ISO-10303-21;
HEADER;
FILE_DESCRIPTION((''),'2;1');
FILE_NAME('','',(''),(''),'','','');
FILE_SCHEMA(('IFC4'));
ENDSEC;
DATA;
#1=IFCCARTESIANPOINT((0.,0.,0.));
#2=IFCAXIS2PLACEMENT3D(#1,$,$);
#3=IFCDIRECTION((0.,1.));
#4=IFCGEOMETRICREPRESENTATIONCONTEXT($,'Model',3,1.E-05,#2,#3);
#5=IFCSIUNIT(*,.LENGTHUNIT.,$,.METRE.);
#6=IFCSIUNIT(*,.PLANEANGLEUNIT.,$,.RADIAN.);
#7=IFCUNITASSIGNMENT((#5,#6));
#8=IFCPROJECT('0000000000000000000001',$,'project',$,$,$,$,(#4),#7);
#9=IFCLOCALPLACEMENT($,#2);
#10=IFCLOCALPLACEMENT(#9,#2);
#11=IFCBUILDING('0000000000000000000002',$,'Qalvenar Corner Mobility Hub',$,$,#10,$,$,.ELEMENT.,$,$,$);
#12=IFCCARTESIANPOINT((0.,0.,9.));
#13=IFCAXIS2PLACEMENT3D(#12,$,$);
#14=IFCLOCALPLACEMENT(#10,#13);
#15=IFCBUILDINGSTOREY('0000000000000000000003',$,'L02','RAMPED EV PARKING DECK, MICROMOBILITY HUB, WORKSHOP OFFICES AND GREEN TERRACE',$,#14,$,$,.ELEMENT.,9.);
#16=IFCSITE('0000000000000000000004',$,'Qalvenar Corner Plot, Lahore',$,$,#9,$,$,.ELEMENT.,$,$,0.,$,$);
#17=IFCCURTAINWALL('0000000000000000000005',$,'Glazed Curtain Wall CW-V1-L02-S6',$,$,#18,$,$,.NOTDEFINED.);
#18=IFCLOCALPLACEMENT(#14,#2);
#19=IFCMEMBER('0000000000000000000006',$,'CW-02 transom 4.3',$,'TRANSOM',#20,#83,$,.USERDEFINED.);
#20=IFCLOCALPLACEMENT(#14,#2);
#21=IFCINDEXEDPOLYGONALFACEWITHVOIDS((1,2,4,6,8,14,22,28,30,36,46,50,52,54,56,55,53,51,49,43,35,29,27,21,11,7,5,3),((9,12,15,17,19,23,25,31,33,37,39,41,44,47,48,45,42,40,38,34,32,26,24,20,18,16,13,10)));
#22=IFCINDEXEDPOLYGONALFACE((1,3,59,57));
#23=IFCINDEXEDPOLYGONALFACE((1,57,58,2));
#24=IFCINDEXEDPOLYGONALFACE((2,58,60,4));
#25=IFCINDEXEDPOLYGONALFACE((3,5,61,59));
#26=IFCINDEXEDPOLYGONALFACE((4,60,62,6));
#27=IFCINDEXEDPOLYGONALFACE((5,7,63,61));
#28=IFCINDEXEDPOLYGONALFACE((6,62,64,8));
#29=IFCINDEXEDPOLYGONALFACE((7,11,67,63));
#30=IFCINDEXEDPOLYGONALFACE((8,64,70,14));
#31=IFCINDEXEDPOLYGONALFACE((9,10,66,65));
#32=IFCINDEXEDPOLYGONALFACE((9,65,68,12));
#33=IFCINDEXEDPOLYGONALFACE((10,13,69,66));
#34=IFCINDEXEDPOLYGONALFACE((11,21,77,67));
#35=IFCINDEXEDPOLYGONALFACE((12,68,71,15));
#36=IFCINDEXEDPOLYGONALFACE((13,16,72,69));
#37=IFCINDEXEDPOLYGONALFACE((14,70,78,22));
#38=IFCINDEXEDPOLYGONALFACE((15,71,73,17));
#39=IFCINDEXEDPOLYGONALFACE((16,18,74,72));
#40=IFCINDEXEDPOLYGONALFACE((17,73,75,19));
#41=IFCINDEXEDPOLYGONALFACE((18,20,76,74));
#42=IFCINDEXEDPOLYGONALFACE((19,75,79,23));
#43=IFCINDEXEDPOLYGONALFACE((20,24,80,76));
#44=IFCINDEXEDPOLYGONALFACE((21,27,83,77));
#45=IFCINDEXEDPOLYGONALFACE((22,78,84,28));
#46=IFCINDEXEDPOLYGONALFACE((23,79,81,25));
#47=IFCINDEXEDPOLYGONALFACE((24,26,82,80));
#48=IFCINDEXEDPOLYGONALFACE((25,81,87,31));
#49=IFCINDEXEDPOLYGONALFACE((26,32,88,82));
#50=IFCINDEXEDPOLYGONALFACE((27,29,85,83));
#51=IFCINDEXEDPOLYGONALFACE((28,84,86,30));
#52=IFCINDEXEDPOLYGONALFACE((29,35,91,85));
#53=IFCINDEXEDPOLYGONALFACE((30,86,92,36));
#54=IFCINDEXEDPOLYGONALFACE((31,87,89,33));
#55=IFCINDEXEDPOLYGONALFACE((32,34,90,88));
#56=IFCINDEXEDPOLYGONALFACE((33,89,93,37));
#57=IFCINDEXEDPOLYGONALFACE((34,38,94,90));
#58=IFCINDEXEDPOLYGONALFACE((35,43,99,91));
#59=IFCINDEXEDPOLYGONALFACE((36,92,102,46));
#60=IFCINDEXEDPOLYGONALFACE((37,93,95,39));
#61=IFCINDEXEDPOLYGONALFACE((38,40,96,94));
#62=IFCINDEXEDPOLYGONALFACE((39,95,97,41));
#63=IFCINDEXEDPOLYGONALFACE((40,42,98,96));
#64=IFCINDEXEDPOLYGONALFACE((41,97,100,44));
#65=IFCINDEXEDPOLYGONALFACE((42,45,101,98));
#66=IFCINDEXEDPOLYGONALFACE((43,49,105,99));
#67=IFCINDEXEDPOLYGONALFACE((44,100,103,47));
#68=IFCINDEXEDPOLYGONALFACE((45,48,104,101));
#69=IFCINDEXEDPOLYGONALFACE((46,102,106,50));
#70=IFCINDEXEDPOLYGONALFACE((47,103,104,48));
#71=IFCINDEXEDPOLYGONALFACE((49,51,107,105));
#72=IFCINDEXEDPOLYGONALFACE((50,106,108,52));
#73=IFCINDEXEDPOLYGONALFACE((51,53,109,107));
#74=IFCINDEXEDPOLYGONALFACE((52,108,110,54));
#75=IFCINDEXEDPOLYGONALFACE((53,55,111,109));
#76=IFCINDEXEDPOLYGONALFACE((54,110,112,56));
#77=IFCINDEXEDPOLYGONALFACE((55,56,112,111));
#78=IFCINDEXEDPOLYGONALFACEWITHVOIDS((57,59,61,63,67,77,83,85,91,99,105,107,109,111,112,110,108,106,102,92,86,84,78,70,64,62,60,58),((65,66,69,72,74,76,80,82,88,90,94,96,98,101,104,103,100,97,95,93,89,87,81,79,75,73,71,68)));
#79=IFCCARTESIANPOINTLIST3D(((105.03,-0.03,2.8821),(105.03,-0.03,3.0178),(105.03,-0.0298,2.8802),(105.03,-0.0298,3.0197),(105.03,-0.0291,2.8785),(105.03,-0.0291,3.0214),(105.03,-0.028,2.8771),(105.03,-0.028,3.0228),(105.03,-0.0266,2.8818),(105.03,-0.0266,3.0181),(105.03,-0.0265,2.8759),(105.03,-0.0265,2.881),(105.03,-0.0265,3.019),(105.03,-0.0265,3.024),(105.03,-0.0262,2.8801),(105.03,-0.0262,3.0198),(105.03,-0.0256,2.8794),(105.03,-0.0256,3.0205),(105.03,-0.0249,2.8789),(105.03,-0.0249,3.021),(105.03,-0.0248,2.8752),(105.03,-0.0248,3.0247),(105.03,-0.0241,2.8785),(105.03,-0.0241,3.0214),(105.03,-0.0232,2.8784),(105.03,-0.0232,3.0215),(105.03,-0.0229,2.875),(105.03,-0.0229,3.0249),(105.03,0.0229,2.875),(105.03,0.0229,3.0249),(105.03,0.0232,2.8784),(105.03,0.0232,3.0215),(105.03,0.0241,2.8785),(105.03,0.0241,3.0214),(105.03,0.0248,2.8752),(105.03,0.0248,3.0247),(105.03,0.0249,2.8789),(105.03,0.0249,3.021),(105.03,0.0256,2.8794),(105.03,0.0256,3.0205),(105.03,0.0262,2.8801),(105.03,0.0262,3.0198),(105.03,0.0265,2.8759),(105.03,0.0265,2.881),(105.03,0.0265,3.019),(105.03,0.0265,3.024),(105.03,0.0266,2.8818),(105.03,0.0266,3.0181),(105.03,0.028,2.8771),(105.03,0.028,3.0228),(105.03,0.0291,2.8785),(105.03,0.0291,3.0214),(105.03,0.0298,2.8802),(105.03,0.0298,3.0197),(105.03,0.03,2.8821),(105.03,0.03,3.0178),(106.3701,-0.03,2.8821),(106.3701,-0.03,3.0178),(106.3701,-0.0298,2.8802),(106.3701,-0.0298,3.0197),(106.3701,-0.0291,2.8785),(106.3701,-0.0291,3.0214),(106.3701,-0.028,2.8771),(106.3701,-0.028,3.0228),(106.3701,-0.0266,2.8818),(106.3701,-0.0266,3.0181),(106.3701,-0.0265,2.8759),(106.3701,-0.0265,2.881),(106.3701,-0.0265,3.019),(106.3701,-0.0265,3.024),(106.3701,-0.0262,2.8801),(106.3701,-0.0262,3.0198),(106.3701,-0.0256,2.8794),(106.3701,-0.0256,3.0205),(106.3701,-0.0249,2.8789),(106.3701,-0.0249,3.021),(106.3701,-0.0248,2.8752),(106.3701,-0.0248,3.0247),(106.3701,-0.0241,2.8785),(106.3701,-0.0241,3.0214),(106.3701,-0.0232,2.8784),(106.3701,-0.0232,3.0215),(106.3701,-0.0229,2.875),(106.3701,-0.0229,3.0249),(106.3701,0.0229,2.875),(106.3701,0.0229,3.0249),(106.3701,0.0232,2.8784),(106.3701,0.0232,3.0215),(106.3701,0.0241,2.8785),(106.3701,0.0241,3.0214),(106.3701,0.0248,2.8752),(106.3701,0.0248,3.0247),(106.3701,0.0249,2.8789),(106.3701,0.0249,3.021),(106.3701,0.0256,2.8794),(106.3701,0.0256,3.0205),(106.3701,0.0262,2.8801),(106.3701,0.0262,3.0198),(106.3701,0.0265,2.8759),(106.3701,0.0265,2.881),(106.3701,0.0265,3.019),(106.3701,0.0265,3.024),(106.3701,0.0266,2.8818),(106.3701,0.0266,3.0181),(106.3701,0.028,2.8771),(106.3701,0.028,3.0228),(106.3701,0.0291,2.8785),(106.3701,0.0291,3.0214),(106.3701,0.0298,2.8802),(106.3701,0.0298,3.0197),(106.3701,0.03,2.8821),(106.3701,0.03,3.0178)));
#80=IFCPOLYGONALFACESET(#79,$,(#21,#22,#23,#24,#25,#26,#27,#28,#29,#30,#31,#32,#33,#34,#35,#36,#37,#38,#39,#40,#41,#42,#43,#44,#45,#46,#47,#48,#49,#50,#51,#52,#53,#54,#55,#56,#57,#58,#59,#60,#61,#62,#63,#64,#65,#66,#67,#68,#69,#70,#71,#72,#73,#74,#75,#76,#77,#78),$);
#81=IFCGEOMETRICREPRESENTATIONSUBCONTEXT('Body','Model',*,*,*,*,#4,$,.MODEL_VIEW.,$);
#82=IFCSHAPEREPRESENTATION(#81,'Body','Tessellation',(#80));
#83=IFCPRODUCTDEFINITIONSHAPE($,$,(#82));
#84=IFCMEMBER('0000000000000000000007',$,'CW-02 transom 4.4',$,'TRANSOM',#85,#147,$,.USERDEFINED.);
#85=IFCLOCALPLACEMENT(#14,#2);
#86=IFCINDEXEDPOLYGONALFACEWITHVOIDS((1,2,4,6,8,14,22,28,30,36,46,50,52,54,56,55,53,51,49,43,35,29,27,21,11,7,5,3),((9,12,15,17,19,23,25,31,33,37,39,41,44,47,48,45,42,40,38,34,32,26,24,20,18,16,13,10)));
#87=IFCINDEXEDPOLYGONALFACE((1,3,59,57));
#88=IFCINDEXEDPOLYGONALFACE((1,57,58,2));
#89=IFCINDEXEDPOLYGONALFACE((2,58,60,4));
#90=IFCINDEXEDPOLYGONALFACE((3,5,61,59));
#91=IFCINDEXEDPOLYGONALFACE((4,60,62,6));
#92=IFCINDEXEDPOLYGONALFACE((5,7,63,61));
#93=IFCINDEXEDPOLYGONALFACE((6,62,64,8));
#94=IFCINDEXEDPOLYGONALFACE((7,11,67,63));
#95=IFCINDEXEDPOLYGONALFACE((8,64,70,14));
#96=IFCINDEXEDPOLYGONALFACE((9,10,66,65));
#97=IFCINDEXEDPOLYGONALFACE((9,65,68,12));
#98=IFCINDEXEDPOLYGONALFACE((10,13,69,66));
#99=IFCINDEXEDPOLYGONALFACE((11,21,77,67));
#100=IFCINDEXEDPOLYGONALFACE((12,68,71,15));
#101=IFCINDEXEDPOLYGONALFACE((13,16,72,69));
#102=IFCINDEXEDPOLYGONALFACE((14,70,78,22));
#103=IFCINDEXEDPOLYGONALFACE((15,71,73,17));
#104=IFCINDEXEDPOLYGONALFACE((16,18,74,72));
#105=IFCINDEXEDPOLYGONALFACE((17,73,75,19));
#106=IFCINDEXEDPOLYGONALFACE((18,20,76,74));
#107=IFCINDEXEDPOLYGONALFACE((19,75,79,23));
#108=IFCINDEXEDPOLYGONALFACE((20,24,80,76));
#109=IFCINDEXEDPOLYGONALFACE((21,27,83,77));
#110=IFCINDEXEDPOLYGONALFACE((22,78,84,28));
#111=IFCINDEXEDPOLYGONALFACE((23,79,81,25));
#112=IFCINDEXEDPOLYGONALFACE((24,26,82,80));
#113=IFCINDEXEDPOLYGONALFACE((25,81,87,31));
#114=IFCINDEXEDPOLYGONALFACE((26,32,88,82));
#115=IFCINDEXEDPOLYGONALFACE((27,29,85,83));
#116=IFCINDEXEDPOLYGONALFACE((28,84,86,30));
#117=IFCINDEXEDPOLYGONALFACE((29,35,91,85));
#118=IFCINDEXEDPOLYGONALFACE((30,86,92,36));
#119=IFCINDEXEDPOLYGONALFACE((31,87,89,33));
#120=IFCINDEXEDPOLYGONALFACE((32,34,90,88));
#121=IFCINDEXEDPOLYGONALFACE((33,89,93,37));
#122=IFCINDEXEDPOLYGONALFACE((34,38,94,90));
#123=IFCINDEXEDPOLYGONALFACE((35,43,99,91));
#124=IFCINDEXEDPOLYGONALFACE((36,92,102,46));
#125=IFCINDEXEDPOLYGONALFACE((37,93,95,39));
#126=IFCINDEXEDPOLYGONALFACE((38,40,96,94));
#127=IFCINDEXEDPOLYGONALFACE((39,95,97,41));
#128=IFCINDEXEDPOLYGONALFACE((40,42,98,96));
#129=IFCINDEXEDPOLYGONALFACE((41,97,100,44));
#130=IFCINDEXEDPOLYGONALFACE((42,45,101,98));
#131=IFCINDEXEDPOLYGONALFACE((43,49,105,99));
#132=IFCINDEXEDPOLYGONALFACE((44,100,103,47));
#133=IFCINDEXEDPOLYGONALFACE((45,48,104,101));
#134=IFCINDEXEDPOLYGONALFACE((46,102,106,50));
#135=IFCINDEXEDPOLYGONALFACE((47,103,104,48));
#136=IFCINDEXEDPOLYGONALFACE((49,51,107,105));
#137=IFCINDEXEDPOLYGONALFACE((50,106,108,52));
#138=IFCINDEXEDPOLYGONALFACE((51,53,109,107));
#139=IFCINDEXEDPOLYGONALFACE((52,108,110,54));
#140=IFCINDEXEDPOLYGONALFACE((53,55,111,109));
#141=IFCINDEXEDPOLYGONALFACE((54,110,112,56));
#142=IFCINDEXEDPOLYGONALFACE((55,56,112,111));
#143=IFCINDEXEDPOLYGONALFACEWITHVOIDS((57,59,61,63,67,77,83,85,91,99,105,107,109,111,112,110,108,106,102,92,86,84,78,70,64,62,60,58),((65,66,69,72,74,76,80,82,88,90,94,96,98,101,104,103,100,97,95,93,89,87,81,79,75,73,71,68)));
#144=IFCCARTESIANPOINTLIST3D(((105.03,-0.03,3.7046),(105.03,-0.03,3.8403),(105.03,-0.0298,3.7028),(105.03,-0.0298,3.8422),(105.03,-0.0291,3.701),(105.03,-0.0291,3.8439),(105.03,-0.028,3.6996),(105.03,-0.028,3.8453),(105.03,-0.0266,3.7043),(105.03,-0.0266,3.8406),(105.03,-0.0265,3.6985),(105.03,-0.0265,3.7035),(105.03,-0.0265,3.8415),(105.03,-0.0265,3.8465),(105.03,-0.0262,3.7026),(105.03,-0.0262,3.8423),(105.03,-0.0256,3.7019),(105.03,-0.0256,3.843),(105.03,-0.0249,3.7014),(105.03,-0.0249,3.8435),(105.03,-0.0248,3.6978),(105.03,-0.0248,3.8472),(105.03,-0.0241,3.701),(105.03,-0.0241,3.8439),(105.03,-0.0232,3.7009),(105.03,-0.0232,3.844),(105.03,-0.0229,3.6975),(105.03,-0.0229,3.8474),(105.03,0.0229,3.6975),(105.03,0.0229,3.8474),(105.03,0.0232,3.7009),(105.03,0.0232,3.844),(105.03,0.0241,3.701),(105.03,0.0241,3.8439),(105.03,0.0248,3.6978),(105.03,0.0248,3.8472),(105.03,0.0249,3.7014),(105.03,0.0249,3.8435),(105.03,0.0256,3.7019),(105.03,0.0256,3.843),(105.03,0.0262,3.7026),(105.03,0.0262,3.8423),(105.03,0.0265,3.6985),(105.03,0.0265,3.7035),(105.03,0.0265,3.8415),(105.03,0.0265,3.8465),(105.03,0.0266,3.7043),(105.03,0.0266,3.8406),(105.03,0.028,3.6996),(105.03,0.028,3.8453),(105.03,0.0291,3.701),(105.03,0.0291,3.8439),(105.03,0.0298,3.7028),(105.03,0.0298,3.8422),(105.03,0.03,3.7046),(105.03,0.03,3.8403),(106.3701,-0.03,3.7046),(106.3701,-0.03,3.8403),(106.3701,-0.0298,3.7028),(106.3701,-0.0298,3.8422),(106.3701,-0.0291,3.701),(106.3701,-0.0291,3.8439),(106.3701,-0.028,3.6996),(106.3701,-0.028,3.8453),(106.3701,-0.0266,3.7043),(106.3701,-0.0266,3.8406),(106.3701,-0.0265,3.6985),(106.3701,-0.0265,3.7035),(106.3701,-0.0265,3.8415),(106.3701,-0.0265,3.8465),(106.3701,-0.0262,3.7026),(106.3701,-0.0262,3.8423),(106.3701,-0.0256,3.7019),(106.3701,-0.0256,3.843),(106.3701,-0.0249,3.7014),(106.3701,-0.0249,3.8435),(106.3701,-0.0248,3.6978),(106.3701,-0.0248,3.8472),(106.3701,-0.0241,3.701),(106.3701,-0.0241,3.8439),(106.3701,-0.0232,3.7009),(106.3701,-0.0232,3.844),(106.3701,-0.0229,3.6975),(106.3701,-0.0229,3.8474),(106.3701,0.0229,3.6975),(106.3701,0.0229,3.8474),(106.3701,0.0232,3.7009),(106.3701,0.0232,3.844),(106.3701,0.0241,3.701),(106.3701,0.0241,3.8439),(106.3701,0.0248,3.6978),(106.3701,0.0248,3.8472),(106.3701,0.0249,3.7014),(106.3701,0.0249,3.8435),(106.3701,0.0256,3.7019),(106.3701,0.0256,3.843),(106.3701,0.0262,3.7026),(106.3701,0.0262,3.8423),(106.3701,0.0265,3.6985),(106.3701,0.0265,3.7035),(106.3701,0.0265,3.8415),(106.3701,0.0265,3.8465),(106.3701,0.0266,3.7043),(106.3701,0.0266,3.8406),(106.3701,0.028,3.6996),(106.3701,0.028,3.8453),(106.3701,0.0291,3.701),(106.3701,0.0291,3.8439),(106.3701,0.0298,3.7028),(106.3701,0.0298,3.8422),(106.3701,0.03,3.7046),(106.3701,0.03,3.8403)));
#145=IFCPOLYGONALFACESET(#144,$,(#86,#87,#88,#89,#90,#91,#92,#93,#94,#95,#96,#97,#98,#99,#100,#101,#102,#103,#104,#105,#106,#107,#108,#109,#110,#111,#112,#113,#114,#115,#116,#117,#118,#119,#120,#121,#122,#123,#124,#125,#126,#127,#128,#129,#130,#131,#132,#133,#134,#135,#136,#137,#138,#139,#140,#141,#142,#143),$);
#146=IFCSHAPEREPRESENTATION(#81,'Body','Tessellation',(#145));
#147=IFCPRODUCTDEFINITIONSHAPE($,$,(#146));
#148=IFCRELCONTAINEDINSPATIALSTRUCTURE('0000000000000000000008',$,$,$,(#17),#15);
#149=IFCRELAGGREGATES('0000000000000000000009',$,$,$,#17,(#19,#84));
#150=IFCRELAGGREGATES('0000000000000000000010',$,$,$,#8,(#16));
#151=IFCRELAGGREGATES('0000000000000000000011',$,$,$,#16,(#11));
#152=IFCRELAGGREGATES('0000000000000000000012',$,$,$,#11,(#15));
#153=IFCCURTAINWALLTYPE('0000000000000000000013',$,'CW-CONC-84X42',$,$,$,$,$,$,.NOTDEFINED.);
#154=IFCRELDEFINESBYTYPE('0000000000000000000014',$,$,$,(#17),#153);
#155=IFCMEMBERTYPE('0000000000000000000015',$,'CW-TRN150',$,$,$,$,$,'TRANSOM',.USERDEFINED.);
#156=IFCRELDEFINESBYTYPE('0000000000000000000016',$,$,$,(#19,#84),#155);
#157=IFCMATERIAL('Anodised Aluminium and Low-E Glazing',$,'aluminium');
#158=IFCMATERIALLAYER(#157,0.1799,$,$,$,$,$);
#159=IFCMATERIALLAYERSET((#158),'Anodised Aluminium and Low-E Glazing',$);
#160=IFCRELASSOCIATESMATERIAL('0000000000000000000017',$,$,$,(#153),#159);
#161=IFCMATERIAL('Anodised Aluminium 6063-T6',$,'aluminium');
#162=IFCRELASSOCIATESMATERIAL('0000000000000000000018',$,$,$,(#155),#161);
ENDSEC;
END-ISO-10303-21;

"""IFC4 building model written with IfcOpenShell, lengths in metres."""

from ifc_helpers import new_model, si_unit, direction, frame, origin, origin_2d, place, context, subcontext, project, spatial, hollow_rectangle, extrude, material, layer, layer_set, material_profile, profile_set, type_object, element, aggregate, save


model = new_model("IFC4")

# Units and contexts
model_context = context("Model", 3, precision=1e-05, world=origin(), true_north=direction((0.0, 1.0)))
body_context = subcontext(model_context, "Body", "Model", "MODEL_VIEW")
ifc_project = project(units=[si_unit("LENGTHUNIT", "METRE"), si_unit("PLANEANGLEUNIT", "RADIAN")], contexts=[model_context])

# Site, building, storey
site_placement = place(None, origin())
site = spatial("IfcSite", under=ifc_project, at=site_placement, Name="Qalvenar Corner Plot, Lahore", CompositionType="ELEMENT", RefElevation=0.0)
building_placement = place(site_placement, origin())
building = spatial("IfcBuilding", under=site, at=building_placement, Name="Qalvenar Corner Mobility Hub", CompositionType="ELEMENT")
storey_placement = place(building_placement, frame((0.0, 0.0, 9.0)))
storey = spatial("IfcBuildingStorey", under=building, at=storey_placement, Name="L02", Description="RAMPED EV PARKING DECK, MICROMOBILITY HUB, WORKSHOP OFFICES AND GREEN TERRACE", CompositionType="ELEMENT", Elevation=9.0)

# Curtain wall, members
ifc_material_1 = material(Name="Anodised Aluminium and Low-E Glazing", Category="aluminium")
ifc_layer_1 = layer(ifc_material_1, 0.1799)
ifc_layer_set_1 = layer_set([ifc_layer_1], Name="Anodised Aluminium and Low-E Glazing")
curtain_wall_type = type_object("IfcCurtainWallType", Name="CW-CONC-84X42", PredefinedType="NOTDEFINED", material=ifc_layer_set_1)
curtain_wall_placement = place(storey_placement, origin())
curtain_wall = element("IfcCurtainWall", 1, at=curtain_wall_placement, inside=storey, type_object=curtain_wall_type, Name="Glazed Curtain Wall CW-V1-L02-S6", PredefinedType="NOTDEFINED")
ifc_material_2 = material(Name="Anodised Aluminium 6063-T6", Category="aluminium")
ifc_material_profile_1 = material_profile(ifc_material_2, hollow_rectangle(XDim=0.0601, YDim=0.1499, WallThickness=0.0034, InnerFilletRadius=0.0034, OuterFilletRadius=0.0071, at=origin_2d()), Name="RHS150x60x3.5")
ifc_profile_set_1 = profile_set([ifc_material_profile_1], Name="Anodised Aluminium 6063-T6")
member_type_1 = type_object("IfcMemberType", Name="CW-TRN150", ElementType="TRANSOM", PredefinedType="USERDEFINED", material=ifc_profile_set_1)
member_1_placement = place(storey_placement, frame((105.03, 0.0, 2.95), z_axis=(1.0, 0.0, 0.0), x_axis=(0.0, 1.0, 0.0)))
member_1 = element("IfcMember", 2, at=member_1_placement, type_object=member_type_1, Name="CW-02 transom 4.3", ObjectType="TRANSOM", PredefinedType="USERDEFINED", context=body_context, shape_type="SweptSolid", body=[
    extrude(hollow_rectangle(XDim=0.0601, YDim=0.1499, WallThickness=0.0034, InnerFilletRadius=0.0034, OuterFilletRadius=0.0071, at=origin_2d()), origin(), (0.0, 0.0, 1.0), 1.3401),
])
member_2_placement = place(storey_placement, frame((105.03, 0.0, 3.7725), z_axis=(1.0, 0.0, 0.0), x_axis=(0.0, 1.0, 0.0)))
member_2 = element("IfcMember", 3, at=member_2_placement, type_object=member_type_1, Name="CW-02 transom 4.4", ObjectType="TRANSOM", PredefinedType="USERDEFINED", context=body_context, shape_type="SweptSolid", body=[
    extrude(hollow_rectangle(XDim=0.0601, YDim=0.1499, WallThickness=0.0034, InnerFilletRadius=0.0034, OuterFilletRadius=0.0071, at=origin_2d()), origin(), (0.0, 0.0, 1.0), 1.3401),
])
aggregate(curtain_wall, [member_1, member_2])

save(model, "model.ifc")
